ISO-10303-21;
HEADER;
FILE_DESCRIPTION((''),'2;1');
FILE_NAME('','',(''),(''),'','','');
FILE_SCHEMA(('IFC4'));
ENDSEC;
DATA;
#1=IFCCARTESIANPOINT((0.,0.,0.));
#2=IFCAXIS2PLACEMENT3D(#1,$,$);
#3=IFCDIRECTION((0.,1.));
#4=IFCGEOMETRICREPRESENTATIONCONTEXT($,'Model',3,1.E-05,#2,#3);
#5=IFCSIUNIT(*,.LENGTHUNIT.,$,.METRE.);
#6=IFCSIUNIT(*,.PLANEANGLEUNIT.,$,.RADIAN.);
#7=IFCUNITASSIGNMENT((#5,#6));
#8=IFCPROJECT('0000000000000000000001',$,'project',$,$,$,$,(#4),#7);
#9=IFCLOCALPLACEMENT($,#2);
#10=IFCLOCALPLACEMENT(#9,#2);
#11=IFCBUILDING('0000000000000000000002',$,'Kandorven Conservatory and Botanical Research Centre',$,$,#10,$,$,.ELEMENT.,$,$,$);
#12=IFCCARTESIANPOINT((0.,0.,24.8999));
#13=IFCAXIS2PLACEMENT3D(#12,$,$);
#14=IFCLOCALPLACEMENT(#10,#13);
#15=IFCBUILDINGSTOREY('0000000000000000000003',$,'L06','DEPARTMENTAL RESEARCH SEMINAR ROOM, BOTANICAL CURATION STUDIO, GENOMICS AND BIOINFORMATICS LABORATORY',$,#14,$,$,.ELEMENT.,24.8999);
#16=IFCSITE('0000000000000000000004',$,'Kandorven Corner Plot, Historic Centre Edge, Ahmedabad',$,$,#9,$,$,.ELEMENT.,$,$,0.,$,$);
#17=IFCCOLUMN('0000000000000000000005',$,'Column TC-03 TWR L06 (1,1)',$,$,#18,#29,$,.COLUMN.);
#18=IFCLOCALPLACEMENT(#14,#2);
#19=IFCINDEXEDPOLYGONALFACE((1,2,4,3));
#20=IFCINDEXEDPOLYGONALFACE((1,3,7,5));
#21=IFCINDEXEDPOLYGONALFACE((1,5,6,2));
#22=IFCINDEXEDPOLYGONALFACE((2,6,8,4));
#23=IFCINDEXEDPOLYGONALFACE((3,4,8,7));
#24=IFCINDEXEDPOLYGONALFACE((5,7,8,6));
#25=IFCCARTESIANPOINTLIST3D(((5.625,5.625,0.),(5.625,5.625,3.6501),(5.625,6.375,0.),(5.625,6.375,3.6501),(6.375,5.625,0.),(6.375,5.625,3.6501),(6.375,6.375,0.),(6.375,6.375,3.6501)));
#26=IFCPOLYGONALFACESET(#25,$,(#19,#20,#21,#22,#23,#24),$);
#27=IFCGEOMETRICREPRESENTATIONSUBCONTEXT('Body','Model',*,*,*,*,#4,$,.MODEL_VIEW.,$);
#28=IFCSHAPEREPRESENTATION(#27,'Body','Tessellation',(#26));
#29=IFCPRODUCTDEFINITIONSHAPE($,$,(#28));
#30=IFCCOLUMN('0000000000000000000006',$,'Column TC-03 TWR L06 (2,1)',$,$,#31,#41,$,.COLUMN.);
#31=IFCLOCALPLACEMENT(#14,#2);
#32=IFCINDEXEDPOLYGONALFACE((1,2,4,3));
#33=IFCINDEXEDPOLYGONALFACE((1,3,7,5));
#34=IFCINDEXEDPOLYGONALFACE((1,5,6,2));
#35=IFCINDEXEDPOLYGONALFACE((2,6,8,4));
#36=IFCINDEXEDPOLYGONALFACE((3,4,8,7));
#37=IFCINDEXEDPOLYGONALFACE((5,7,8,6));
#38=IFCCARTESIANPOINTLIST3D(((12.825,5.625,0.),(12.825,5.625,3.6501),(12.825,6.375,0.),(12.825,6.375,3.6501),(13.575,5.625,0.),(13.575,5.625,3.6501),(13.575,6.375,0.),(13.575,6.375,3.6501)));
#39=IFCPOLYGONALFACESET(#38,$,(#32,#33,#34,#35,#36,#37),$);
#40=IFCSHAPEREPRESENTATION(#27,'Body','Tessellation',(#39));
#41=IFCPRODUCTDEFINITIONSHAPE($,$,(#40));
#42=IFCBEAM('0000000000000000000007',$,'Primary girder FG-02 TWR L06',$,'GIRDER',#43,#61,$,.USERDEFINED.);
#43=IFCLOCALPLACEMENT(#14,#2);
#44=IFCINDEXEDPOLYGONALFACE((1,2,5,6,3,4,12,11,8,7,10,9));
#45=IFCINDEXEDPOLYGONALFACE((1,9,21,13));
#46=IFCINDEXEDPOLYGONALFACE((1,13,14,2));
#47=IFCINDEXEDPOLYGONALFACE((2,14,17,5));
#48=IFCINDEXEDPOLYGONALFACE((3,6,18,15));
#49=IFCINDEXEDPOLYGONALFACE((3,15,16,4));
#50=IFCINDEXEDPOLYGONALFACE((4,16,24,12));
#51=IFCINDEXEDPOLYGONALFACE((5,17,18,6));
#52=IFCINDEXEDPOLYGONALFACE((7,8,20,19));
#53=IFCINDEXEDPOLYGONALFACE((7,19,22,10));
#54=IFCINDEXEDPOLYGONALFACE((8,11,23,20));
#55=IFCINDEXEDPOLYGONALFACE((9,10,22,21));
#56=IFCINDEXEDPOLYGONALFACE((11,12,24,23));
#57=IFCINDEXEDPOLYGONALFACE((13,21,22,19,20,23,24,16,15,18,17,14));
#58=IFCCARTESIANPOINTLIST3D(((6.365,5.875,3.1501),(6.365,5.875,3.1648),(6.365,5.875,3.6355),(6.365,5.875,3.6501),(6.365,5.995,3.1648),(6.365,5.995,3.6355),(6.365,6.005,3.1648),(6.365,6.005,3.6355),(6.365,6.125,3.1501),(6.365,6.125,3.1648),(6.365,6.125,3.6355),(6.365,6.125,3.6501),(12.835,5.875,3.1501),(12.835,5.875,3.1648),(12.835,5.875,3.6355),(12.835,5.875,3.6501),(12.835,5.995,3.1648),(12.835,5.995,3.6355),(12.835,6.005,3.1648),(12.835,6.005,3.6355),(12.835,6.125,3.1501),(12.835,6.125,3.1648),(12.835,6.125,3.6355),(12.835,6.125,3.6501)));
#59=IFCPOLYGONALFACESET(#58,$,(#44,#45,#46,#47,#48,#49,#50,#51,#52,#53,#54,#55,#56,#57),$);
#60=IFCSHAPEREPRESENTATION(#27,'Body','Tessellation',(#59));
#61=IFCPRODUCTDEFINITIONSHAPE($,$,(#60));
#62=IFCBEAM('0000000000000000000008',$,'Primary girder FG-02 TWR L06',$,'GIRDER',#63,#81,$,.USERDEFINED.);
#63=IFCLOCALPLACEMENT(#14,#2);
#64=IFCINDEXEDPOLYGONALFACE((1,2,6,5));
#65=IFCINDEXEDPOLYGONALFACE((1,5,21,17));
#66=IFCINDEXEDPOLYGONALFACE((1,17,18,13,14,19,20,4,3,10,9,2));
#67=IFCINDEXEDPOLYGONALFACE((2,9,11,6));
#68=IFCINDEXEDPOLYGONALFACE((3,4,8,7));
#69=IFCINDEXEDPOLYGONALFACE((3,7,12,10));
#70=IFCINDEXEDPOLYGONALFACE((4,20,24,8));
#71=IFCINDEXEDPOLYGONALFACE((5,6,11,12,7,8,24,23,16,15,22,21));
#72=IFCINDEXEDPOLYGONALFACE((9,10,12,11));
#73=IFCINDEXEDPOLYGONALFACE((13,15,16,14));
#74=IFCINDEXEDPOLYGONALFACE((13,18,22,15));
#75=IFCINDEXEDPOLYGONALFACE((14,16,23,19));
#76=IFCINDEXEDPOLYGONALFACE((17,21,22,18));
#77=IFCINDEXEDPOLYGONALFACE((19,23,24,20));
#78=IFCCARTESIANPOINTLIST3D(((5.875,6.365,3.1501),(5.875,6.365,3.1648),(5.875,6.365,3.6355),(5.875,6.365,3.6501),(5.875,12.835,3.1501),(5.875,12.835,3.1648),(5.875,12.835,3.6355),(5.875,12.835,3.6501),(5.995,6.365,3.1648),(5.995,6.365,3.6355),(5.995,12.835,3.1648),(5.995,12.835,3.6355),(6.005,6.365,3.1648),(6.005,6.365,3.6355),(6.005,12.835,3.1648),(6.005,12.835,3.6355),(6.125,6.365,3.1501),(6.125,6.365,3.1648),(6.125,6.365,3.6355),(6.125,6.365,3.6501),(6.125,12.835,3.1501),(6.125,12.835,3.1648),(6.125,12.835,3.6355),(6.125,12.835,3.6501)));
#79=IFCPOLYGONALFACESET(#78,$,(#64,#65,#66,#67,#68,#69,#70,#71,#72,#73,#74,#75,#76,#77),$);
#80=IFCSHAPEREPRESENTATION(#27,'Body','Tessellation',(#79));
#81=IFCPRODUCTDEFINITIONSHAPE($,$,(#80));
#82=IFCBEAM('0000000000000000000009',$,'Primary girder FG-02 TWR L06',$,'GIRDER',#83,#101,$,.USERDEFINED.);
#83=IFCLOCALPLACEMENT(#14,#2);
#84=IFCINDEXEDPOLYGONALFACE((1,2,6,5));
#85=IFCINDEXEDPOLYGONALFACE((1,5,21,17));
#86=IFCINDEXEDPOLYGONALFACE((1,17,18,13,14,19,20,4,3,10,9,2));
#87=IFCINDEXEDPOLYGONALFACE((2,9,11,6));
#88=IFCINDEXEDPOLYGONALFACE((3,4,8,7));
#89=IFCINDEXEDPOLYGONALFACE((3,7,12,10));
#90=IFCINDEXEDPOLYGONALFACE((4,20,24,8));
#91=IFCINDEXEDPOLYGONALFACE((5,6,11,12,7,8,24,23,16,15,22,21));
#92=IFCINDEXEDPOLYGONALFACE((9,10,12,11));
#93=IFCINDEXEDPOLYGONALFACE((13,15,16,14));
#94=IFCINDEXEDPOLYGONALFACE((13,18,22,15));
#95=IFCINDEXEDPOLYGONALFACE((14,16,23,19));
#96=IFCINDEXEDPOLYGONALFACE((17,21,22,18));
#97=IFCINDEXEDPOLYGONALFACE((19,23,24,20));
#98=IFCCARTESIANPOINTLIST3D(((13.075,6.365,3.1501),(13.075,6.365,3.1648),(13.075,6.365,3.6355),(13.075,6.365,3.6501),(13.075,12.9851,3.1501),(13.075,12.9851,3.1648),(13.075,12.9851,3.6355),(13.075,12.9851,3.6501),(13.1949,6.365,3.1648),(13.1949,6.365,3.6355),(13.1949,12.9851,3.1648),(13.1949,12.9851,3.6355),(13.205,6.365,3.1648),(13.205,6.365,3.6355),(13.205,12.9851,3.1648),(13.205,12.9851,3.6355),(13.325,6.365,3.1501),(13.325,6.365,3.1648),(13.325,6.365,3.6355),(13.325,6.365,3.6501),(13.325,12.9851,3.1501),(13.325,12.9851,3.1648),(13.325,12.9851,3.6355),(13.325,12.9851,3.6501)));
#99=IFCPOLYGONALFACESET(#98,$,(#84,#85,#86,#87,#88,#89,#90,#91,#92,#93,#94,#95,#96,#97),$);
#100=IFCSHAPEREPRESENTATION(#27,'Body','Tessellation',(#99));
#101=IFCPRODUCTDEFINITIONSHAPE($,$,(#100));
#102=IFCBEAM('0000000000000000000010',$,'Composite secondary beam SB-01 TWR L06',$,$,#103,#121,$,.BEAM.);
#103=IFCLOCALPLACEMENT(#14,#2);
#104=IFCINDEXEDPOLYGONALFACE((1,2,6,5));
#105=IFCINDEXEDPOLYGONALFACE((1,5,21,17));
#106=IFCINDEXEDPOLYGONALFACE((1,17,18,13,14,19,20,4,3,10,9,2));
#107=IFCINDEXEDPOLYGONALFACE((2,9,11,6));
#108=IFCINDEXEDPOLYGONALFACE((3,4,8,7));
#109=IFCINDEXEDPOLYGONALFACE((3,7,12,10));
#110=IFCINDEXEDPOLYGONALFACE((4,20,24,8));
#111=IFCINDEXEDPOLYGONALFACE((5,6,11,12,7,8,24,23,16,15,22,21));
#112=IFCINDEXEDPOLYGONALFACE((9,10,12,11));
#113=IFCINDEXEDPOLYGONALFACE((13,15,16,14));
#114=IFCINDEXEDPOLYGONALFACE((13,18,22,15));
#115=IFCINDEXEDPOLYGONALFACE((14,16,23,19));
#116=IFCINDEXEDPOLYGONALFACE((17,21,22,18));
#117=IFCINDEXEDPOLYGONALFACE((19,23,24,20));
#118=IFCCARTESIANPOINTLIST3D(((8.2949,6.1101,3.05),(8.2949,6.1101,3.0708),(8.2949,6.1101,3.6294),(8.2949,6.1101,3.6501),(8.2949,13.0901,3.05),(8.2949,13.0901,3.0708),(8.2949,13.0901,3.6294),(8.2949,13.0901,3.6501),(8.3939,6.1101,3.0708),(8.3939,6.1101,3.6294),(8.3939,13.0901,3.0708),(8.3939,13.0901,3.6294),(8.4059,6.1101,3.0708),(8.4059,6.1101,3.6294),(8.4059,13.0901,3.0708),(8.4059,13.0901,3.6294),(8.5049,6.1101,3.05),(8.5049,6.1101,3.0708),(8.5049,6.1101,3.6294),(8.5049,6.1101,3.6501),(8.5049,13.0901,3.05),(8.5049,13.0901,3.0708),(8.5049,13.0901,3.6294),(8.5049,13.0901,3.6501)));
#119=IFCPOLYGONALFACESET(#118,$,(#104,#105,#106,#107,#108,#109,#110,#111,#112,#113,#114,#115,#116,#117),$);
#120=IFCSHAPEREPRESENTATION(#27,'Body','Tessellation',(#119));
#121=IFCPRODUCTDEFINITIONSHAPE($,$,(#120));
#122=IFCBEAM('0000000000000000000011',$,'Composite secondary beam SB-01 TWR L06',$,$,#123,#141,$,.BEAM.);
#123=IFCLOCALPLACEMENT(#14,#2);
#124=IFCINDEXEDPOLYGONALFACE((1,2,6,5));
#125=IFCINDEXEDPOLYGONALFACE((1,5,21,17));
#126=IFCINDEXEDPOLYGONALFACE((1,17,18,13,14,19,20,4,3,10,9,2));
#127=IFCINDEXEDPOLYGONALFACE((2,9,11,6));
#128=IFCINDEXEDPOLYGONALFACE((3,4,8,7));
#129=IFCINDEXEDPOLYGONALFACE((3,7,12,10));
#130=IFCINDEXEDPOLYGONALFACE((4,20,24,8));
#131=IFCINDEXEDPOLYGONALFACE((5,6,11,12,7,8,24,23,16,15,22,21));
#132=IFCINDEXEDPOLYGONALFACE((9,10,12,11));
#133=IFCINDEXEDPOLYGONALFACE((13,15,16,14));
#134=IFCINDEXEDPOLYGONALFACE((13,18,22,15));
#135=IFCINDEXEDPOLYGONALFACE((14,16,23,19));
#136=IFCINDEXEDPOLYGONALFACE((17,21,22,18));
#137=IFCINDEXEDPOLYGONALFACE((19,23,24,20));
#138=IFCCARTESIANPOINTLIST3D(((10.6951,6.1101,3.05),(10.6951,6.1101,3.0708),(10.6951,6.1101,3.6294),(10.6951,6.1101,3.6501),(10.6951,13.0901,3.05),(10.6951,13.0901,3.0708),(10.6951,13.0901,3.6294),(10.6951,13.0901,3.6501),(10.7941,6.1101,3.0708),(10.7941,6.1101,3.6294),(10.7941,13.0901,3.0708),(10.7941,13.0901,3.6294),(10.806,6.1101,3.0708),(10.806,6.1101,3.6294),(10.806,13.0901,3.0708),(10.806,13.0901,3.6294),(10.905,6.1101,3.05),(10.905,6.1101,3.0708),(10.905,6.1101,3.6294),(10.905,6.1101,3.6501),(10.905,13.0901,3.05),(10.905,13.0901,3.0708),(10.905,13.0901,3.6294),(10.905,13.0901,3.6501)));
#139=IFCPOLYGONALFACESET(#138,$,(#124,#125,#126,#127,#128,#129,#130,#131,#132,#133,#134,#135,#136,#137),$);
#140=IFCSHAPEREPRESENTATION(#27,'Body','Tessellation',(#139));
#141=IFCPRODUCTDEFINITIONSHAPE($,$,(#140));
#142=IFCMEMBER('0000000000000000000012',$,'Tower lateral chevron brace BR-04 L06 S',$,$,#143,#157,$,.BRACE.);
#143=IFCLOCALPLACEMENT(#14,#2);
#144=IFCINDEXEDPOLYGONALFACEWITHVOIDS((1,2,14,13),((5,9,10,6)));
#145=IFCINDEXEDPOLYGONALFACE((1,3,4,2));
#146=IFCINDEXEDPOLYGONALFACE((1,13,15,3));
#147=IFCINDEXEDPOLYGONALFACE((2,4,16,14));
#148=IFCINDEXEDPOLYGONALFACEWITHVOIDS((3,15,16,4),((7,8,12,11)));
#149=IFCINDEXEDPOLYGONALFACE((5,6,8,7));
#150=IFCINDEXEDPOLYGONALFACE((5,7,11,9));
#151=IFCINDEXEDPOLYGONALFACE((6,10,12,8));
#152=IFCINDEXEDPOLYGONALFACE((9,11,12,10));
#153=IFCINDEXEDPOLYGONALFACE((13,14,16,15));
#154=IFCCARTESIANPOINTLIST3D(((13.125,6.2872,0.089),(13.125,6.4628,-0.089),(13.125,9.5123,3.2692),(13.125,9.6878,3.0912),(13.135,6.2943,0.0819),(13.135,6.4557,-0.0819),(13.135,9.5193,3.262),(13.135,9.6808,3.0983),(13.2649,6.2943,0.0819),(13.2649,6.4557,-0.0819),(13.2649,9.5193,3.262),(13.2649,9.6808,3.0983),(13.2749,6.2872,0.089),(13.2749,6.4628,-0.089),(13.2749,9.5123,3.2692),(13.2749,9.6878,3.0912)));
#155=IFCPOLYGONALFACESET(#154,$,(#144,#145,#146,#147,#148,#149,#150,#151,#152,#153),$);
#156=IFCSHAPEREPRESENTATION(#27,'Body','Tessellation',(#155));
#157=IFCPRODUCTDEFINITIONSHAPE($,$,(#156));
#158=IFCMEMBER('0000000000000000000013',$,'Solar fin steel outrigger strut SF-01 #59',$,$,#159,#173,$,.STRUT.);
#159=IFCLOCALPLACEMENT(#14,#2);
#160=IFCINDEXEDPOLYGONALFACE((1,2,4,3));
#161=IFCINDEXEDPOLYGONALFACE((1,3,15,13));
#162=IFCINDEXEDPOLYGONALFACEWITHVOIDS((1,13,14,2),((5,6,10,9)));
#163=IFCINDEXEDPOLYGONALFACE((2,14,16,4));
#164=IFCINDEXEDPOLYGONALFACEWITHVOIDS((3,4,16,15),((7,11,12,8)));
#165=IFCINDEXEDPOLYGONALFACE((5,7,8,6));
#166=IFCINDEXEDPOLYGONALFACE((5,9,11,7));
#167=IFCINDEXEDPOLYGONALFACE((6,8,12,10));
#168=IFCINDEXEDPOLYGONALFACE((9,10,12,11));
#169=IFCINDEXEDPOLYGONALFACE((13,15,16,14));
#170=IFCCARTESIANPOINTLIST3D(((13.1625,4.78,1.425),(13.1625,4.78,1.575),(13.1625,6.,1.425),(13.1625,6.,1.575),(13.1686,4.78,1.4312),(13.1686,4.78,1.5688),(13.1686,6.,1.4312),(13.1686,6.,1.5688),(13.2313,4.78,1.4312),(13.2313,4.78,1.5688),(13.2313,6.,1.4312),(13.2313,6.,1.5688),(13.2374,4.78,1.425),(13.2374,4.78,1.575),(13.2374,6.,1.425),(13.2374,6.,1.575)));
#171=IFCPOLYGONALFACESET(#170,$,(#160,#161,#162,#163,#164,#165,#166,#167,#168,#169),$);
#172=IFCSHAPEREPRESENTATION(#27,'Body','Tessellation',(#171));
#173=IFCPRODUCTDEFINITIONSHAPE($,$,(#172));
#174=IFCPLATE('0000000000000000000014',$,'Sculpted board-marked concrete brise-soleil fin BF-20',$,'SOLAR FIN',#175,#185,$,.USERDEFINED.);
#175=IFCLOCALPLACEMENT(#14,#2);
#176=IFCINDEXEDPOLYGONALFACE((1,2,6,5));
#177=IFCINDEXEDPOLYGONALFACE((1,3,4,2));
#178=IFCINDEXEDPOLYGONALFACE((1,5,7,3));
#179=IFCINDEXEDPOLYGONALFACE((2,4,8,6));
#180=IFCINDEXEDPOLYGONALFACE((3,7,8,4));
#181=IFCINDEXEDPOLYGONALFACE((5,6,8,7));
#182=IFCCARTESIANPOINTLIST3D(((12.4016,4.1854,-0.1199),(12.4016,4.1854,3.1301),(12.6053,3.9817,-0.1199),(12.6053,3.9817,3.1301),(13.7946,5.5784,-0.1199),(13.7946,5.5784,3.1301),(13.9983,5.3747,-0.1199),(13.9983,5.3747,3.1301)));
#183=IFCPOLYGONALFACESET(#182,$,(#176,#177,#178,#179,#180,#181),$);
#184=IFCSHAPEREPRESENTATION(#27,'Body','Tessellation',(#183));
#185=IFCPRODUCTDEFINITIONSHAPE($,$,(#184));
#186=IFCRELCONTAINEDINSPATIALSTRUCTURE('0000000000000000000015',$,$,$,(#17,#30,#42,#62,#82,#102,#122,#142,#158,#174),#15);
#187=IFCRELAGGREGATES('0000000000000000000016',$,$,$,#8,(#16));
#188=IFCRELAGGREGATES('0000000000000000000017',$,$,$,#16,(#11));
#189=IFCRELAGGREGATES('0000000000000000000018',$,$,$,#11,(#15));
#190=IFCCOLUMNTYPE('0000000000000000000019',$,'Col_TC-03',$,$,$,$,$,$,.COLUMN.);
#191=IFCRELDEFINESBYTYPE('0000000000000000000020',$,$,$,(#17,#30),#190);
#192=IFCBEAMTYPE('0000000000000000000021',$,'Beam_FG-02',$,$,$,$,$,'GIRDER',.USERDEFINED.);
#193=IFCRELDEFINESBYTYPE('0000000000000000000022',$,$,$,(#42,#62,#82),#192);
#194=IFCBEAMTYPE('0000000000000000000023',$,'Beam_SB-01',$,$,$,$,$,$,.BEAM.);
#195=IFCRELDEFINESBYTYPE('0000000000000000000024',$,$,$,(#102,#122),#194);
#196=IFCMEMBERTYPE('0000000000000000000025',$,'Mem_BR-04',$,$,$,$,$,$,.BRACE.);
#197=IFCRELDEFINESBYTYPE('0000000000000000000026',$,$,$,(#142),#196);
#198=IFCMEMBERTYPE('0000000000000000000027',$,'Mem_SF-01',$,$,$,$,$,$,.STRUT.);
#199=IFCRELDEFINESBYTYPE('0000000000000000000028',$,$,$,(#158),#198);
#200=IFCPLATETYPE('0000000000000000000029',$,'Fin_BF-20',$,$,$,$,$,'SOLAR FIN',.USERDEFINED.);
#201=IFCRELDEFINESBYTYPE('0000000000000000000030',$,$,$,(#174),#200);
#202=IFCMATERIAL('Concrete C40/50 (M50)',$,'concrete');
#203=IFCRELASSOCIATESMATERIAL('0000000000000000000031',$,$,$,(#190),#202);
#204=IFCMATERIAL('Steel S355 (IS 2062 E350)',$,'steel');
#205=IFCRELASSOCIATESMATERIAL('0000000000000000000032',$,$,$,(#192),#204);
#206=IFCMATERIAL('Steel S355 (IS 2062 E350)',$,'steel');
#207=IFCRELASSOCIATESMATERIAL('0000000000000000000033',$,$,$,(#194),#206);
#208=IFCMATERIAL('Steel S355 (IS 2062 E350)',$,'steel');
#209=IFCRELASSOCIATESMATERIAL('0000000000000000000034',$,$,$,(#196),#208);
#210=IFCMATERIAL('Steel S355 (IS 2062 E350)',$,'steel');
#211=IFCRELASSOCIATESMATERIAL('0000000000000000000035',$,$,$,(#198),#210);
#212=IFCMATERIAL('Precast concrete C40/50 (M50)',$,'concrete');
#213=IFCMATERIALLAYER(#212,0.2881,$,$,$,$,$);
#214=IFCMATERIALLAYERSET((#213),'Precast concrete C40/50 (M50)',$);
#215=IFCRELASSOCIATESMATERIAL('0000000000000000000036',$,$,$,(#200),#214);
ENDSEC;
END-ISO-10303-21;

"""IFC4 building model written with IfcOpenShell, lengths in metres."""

from ifc_helpers import new_model, si_unit, direction, frame, origin, origin_2d, place, context, subcontext, project, spatial, rectangle, hollow_rectangle, i_section, extrude, material, layer, layer_set, material_profile, profile_set, type_object, element, save


model = new_model("IFC4")

# Units and contexts
model_context = context("Model", 3, precision=1e-05, world=origin(), true_north=direction((0.0, 1.0)))
body_context = subcontext(model_context, "Body", "Model", "MODEL_VIEW")
ifc_project = project(units=[si_unit("LENGTHUNIT", "METRE"), si_unit("PLANEANGLEUNIT", "RADIAN")], contexts=[model_context])

# Site, building, storey
site_placement = place(None, origin())
site = spatial("IfcSite", under=ifc_project, at=site_placement, Name="Kandorven Corner Plot, Historic Centre Edge, Ahmedabad", CompositionType="ELEMENT", RefElevation=0.0)
building_placement = place(site_placement, origin())
building = spatial("IfcBuilding", under=site, at=building_placement, Name="Kandorven Conservatory and Botanical Research Centre", CompositionType="ELEMENT")
storey_placement = place(building_placement, frame((0.0, 0.0, 24.8999)))
storey = spatial("IfcBuildingStorey", under=building, at=storey_placement, Name="L06", Description="DEPARTMENTAL RESEARCH SEMINAR ROOM, BOTANICAL CURATION STUDIO, GENOMICS AND BIOINFORMATICS LABORATORY", CompositionType="ELEMENT", Elevation=24.8999)

# Columns
ifc_material_1 = material(Name="Concrete C40/50 (M50)", Category="concrete")
ifc_material_profile_1 = material_profile(ifc_material_1, rectangle(XDim=0.75, YDim=0.75, at=origin_2d()))
ifc_profile_set_1 = profile_set([ifc_material_profile_1], Name="Concrete C40/50 (M50)")
column_type = type_object("IfcColumnType", Name="Col_TC-03", PredefinedType="COLUMN", material=ifc_profile_set_1)
for number, where, z_axis, x_axis, name in (
    (1, (6.0, 6.0, 0.0), (0.0, 0.0, 1.0), (1.0, 0.0, 0.0), "Column TC-03 TWR L06 (1,1)"),
    (2, (13.2, 6.0, 0.0), (0.0, 0.0, 1.0), (1.0, 0.0, 0.0), "Column TC-03 TWR L06 (2,1)"),
):
    element("IfcColumn", number, at=place(storey_placement, frame(where, z_axis=z_axis, x_axis=x_axis)), inside=storey, type_object=column_type, Name=name, PredefinedType="COLUMN", context=body_context, shape_type="SweptSolid", body=[
        extrude(rectangle(XDim=0.75, YDim=0.75, at=origin_2d()), origin(), (0.0, 0.0, 1.0), 3.6501),
    ])

# Beams
ifc_material_2 = material(Name="Steel S355 (IS 2062 E350)", Category="steel")
ifc_material_profile_2 = material_profile(ifc_material_2, i_section(OverallWidth=0.25, OverallDepth=0.5, WebThickness=0.01, FlangeThickness=0.0146, at=origin_2d()))
ifc_profile_set_2 = profile_set([ifc_material_profile_2], Name="Steel S355 (IS 2062 E350)")
beam_type_1 = type_object("IfcBeamType", Name="Beam_FG-02", ElementType="GIRDER", PredefinedType="USERDEFINED", material=ifc_profile_set_2)
for number, where, z_axis, x_axis, name in (
    (3, (6.365, 6.0, 3.4001), (1.0, 0.0, 0.0), (0.0, 1.0, 0.0), "Primary girder FG-02 TWR L06"),
    (4, (6.0, 6.365, 3.4001), (0.0, 1.0, 0.0), (-1.0, 0.0, 0.0), "Primary girder FG-02 TWR L06"),
):
    element("IfcBeam", number, at=place(storey_placement, frame(where, z_axis=z_axis, x_axis=x_axis)), inside=storey, type_object=beam_type_1, Name=name, ObjectType="GIRDER", PredefinedType="USERDEFINED", context=body_context, shape_type="SweptSolid", body=[
        extrude(i_section(OverallWidth=0.25, OverallDepth=0.5, WebThickness=0.01, FlangeThickness=0.0146, at=origin_2d()), origin(), (0.0, 0.0, 1.0), 6.47),
    ])
beam_placement = place(storey_placement, frame((13.2, 6.365, 3.4001), z_axis=(0.0, 1.0, 0.0), x_axis=(-1.0, 0.0, 0.0)))
element("IfcBeam", 5, at=beam_placement, inside=storey, type_object=beam_type_1, Name="Primary girder FG-02 TWR L06", ObjectType="GIRDER", PredefinedType="USERDEFINED", context=body_context, shape_type="SweptSolid", body=[
    extrude(i_section(OverallWidth=0.25, OverallDepth=0.5, WebThickness=0.01, FlangeThickness=0.0146, at=origin_2d()), origin(), (0.0, 0.0, 1.0), 6.6201),
])
ifc_material_3 = material(Name="Steel S355 (IS 2062 E350)", Category="steel")
ifc_material_profile_3 = material_profile(ifc_material_3, i_section(OverallWidth=0.21, OverallDepth=0.6001, WebThickness=0.012, FlangeThickness=0.0208, at=origin_2d()))
ifc_profile_set_3 = profile_set([ifc_material_profile_3], Name="Steel S355 (IS 2062 E350)")
beam_type_2 = type_object("IfcBeamType", Name="Beam_SB-01", PredefinedType="BEAM", material=ifc_profile_set_3)
for number, where, z_axis, x_axis, name in (
    (6, (8.3999, 6.1101, 3.3501), (0.0, 1.0, 0.0), (-1.0, 0.0, 0.0), "Composite secondary beam SB-01 TWR L06"),
    (7, (10.8, 6.1101, 3.3501), (0.0, 1.0, 0.0), (-1.0, 0.0, 0.0), "Composite secondary beam SB-01 TWR L06"),
):
    element("IfcBeam", number, at=place(storey_placement, frame(where, z_axis=z_axis, x_axis=x_axis)), inside=storey, type_object=beam_type_2, Name=name, PredefinedType="BEAM", context=body_context, shape_type="SweptSolid", body=[
        extrude(i_section(OverallWidth=0.21, OverallDepth=0.6001, WebThickness=0.012, FlangeThickness=0.0208, at=origin_2d()), origin(), (0.0, 0.0, 1.0), 6.98),
    ])

# Members
ifc_material_4 = material(Name="Steel S355 (IS 2062 E350)", Category="steel")
ifc_material_profile_4 = material_profile(ifc_material_4, hollow_rectangle(XDim=0.1499, YDim=0.25, WallThickness=0.01, at=origin_2d()))
ifc_profile_set_4 = profile_set([ifc_material_profile_4], Name="Steel S355 (IS 2062 E350)")
member_type_1 = type_object("IfcMemberType", Name="Mem_BR-04", PredefinedType="BRACE", material=ifc_profile_set_4)
member_1_placement = place(storey_placement, frame((13.2, 6.375, 0.0), z_axis=(0.0, 0.712048, 0.70213), x_axis=(-1.0, 0.0, 0.0)))
element("IfcMember", 8, at=member_1_placement, inside=storey, type_object=member_type_1, Name="Tower lateral chevron brace BR-04 L06 S", PredefinedType="BRACE", context=body_context, shape_type="SweptSolid", body=[
    extrude(hollow_rectangle(XDim=0.1499, YDim=0.25, WallThickness=0.01, at=origin_2d()), origin(), (0.0, 0.0, 1.0), 4.5293),
])
ifc_material_5 = material(Name="Steel S355 (IS 2062 E350)", Category="steel")
ifc_material_profile_5 = material_profile(ifc_material_5, hollow_rectangle(XDim=0.075, YDim=0.1499, WallThickness=0.0061, at=origin_2d()))
ifc_profile_set_5 = profile_set([ifc_material_profile_5], Name="Steel S355 (IS 2062 E350)")
member_type_2 = type_object("IfcMemberType", Name="Mem_SF-01", PredefinedType="STRUT", material=ifc_profile_set_5)
member_2_placement = place(storey_placement, frame((13.2, 6.0, 1.5), z_axis=(0.0, -1.0, 0.0), x_axis=(1.0, 0.0, 0.0)))
element("IfcMember", 9, at=member_2_placement, inside=storey, type_object=member_type_2, Name="Solar fin steel outrigger strut SF-01 #59", PredefinedType="STRUT", context=body_context, shape_type="SweptSolid", body=[
    extrude(hollow_rectangle(XDim=0.075, YDim=0.1499, WallThickness=0.0061, at=origin_2d()), origin(), (0.0, 0.0, 1.0), 1.22),
])

# Plate
ifc_material_6 = material(Name="Precast concrete C40/50 (M50)", Category="concrete")
ifc_layer_1 = layer(ifc_material_6, 0.2881)
ifc_layer_set_1 = layer_set([ifc_layer_1], Name="Precast concrete C40/50 (M50)")
plate_type = type_object("IfcPlateType", Name="Fin_BF-20", ElementType="SOLAR FIN", PredefinedType="USERDEFINED", material=ifc_layer_set_1)
plate_placement = place(storey_placement, frame((13.2, 4.78, -0.1199), z_axis=(0.0, 0.0, 1.0), x_axis=(0.707107, 0.707107, 0.0)))
element("IfcPlate", 10, at=plate_placement, inside=storey, type_object=plate_type, Name="Sculpted board-marked concrete brise-soleil fin BF-20", ObjectType="SOLAR FIN", PredefinedType="USERDEFINED", context=body_context, shape_type="SweptSolid", body=[
    extrude(rectangle(XDim=1.97, YDim=0.2881, at=origin_2d()), origin(), (0.0, 0.0, 1.0), 3.25),
])

save(model, "model.ifc")
